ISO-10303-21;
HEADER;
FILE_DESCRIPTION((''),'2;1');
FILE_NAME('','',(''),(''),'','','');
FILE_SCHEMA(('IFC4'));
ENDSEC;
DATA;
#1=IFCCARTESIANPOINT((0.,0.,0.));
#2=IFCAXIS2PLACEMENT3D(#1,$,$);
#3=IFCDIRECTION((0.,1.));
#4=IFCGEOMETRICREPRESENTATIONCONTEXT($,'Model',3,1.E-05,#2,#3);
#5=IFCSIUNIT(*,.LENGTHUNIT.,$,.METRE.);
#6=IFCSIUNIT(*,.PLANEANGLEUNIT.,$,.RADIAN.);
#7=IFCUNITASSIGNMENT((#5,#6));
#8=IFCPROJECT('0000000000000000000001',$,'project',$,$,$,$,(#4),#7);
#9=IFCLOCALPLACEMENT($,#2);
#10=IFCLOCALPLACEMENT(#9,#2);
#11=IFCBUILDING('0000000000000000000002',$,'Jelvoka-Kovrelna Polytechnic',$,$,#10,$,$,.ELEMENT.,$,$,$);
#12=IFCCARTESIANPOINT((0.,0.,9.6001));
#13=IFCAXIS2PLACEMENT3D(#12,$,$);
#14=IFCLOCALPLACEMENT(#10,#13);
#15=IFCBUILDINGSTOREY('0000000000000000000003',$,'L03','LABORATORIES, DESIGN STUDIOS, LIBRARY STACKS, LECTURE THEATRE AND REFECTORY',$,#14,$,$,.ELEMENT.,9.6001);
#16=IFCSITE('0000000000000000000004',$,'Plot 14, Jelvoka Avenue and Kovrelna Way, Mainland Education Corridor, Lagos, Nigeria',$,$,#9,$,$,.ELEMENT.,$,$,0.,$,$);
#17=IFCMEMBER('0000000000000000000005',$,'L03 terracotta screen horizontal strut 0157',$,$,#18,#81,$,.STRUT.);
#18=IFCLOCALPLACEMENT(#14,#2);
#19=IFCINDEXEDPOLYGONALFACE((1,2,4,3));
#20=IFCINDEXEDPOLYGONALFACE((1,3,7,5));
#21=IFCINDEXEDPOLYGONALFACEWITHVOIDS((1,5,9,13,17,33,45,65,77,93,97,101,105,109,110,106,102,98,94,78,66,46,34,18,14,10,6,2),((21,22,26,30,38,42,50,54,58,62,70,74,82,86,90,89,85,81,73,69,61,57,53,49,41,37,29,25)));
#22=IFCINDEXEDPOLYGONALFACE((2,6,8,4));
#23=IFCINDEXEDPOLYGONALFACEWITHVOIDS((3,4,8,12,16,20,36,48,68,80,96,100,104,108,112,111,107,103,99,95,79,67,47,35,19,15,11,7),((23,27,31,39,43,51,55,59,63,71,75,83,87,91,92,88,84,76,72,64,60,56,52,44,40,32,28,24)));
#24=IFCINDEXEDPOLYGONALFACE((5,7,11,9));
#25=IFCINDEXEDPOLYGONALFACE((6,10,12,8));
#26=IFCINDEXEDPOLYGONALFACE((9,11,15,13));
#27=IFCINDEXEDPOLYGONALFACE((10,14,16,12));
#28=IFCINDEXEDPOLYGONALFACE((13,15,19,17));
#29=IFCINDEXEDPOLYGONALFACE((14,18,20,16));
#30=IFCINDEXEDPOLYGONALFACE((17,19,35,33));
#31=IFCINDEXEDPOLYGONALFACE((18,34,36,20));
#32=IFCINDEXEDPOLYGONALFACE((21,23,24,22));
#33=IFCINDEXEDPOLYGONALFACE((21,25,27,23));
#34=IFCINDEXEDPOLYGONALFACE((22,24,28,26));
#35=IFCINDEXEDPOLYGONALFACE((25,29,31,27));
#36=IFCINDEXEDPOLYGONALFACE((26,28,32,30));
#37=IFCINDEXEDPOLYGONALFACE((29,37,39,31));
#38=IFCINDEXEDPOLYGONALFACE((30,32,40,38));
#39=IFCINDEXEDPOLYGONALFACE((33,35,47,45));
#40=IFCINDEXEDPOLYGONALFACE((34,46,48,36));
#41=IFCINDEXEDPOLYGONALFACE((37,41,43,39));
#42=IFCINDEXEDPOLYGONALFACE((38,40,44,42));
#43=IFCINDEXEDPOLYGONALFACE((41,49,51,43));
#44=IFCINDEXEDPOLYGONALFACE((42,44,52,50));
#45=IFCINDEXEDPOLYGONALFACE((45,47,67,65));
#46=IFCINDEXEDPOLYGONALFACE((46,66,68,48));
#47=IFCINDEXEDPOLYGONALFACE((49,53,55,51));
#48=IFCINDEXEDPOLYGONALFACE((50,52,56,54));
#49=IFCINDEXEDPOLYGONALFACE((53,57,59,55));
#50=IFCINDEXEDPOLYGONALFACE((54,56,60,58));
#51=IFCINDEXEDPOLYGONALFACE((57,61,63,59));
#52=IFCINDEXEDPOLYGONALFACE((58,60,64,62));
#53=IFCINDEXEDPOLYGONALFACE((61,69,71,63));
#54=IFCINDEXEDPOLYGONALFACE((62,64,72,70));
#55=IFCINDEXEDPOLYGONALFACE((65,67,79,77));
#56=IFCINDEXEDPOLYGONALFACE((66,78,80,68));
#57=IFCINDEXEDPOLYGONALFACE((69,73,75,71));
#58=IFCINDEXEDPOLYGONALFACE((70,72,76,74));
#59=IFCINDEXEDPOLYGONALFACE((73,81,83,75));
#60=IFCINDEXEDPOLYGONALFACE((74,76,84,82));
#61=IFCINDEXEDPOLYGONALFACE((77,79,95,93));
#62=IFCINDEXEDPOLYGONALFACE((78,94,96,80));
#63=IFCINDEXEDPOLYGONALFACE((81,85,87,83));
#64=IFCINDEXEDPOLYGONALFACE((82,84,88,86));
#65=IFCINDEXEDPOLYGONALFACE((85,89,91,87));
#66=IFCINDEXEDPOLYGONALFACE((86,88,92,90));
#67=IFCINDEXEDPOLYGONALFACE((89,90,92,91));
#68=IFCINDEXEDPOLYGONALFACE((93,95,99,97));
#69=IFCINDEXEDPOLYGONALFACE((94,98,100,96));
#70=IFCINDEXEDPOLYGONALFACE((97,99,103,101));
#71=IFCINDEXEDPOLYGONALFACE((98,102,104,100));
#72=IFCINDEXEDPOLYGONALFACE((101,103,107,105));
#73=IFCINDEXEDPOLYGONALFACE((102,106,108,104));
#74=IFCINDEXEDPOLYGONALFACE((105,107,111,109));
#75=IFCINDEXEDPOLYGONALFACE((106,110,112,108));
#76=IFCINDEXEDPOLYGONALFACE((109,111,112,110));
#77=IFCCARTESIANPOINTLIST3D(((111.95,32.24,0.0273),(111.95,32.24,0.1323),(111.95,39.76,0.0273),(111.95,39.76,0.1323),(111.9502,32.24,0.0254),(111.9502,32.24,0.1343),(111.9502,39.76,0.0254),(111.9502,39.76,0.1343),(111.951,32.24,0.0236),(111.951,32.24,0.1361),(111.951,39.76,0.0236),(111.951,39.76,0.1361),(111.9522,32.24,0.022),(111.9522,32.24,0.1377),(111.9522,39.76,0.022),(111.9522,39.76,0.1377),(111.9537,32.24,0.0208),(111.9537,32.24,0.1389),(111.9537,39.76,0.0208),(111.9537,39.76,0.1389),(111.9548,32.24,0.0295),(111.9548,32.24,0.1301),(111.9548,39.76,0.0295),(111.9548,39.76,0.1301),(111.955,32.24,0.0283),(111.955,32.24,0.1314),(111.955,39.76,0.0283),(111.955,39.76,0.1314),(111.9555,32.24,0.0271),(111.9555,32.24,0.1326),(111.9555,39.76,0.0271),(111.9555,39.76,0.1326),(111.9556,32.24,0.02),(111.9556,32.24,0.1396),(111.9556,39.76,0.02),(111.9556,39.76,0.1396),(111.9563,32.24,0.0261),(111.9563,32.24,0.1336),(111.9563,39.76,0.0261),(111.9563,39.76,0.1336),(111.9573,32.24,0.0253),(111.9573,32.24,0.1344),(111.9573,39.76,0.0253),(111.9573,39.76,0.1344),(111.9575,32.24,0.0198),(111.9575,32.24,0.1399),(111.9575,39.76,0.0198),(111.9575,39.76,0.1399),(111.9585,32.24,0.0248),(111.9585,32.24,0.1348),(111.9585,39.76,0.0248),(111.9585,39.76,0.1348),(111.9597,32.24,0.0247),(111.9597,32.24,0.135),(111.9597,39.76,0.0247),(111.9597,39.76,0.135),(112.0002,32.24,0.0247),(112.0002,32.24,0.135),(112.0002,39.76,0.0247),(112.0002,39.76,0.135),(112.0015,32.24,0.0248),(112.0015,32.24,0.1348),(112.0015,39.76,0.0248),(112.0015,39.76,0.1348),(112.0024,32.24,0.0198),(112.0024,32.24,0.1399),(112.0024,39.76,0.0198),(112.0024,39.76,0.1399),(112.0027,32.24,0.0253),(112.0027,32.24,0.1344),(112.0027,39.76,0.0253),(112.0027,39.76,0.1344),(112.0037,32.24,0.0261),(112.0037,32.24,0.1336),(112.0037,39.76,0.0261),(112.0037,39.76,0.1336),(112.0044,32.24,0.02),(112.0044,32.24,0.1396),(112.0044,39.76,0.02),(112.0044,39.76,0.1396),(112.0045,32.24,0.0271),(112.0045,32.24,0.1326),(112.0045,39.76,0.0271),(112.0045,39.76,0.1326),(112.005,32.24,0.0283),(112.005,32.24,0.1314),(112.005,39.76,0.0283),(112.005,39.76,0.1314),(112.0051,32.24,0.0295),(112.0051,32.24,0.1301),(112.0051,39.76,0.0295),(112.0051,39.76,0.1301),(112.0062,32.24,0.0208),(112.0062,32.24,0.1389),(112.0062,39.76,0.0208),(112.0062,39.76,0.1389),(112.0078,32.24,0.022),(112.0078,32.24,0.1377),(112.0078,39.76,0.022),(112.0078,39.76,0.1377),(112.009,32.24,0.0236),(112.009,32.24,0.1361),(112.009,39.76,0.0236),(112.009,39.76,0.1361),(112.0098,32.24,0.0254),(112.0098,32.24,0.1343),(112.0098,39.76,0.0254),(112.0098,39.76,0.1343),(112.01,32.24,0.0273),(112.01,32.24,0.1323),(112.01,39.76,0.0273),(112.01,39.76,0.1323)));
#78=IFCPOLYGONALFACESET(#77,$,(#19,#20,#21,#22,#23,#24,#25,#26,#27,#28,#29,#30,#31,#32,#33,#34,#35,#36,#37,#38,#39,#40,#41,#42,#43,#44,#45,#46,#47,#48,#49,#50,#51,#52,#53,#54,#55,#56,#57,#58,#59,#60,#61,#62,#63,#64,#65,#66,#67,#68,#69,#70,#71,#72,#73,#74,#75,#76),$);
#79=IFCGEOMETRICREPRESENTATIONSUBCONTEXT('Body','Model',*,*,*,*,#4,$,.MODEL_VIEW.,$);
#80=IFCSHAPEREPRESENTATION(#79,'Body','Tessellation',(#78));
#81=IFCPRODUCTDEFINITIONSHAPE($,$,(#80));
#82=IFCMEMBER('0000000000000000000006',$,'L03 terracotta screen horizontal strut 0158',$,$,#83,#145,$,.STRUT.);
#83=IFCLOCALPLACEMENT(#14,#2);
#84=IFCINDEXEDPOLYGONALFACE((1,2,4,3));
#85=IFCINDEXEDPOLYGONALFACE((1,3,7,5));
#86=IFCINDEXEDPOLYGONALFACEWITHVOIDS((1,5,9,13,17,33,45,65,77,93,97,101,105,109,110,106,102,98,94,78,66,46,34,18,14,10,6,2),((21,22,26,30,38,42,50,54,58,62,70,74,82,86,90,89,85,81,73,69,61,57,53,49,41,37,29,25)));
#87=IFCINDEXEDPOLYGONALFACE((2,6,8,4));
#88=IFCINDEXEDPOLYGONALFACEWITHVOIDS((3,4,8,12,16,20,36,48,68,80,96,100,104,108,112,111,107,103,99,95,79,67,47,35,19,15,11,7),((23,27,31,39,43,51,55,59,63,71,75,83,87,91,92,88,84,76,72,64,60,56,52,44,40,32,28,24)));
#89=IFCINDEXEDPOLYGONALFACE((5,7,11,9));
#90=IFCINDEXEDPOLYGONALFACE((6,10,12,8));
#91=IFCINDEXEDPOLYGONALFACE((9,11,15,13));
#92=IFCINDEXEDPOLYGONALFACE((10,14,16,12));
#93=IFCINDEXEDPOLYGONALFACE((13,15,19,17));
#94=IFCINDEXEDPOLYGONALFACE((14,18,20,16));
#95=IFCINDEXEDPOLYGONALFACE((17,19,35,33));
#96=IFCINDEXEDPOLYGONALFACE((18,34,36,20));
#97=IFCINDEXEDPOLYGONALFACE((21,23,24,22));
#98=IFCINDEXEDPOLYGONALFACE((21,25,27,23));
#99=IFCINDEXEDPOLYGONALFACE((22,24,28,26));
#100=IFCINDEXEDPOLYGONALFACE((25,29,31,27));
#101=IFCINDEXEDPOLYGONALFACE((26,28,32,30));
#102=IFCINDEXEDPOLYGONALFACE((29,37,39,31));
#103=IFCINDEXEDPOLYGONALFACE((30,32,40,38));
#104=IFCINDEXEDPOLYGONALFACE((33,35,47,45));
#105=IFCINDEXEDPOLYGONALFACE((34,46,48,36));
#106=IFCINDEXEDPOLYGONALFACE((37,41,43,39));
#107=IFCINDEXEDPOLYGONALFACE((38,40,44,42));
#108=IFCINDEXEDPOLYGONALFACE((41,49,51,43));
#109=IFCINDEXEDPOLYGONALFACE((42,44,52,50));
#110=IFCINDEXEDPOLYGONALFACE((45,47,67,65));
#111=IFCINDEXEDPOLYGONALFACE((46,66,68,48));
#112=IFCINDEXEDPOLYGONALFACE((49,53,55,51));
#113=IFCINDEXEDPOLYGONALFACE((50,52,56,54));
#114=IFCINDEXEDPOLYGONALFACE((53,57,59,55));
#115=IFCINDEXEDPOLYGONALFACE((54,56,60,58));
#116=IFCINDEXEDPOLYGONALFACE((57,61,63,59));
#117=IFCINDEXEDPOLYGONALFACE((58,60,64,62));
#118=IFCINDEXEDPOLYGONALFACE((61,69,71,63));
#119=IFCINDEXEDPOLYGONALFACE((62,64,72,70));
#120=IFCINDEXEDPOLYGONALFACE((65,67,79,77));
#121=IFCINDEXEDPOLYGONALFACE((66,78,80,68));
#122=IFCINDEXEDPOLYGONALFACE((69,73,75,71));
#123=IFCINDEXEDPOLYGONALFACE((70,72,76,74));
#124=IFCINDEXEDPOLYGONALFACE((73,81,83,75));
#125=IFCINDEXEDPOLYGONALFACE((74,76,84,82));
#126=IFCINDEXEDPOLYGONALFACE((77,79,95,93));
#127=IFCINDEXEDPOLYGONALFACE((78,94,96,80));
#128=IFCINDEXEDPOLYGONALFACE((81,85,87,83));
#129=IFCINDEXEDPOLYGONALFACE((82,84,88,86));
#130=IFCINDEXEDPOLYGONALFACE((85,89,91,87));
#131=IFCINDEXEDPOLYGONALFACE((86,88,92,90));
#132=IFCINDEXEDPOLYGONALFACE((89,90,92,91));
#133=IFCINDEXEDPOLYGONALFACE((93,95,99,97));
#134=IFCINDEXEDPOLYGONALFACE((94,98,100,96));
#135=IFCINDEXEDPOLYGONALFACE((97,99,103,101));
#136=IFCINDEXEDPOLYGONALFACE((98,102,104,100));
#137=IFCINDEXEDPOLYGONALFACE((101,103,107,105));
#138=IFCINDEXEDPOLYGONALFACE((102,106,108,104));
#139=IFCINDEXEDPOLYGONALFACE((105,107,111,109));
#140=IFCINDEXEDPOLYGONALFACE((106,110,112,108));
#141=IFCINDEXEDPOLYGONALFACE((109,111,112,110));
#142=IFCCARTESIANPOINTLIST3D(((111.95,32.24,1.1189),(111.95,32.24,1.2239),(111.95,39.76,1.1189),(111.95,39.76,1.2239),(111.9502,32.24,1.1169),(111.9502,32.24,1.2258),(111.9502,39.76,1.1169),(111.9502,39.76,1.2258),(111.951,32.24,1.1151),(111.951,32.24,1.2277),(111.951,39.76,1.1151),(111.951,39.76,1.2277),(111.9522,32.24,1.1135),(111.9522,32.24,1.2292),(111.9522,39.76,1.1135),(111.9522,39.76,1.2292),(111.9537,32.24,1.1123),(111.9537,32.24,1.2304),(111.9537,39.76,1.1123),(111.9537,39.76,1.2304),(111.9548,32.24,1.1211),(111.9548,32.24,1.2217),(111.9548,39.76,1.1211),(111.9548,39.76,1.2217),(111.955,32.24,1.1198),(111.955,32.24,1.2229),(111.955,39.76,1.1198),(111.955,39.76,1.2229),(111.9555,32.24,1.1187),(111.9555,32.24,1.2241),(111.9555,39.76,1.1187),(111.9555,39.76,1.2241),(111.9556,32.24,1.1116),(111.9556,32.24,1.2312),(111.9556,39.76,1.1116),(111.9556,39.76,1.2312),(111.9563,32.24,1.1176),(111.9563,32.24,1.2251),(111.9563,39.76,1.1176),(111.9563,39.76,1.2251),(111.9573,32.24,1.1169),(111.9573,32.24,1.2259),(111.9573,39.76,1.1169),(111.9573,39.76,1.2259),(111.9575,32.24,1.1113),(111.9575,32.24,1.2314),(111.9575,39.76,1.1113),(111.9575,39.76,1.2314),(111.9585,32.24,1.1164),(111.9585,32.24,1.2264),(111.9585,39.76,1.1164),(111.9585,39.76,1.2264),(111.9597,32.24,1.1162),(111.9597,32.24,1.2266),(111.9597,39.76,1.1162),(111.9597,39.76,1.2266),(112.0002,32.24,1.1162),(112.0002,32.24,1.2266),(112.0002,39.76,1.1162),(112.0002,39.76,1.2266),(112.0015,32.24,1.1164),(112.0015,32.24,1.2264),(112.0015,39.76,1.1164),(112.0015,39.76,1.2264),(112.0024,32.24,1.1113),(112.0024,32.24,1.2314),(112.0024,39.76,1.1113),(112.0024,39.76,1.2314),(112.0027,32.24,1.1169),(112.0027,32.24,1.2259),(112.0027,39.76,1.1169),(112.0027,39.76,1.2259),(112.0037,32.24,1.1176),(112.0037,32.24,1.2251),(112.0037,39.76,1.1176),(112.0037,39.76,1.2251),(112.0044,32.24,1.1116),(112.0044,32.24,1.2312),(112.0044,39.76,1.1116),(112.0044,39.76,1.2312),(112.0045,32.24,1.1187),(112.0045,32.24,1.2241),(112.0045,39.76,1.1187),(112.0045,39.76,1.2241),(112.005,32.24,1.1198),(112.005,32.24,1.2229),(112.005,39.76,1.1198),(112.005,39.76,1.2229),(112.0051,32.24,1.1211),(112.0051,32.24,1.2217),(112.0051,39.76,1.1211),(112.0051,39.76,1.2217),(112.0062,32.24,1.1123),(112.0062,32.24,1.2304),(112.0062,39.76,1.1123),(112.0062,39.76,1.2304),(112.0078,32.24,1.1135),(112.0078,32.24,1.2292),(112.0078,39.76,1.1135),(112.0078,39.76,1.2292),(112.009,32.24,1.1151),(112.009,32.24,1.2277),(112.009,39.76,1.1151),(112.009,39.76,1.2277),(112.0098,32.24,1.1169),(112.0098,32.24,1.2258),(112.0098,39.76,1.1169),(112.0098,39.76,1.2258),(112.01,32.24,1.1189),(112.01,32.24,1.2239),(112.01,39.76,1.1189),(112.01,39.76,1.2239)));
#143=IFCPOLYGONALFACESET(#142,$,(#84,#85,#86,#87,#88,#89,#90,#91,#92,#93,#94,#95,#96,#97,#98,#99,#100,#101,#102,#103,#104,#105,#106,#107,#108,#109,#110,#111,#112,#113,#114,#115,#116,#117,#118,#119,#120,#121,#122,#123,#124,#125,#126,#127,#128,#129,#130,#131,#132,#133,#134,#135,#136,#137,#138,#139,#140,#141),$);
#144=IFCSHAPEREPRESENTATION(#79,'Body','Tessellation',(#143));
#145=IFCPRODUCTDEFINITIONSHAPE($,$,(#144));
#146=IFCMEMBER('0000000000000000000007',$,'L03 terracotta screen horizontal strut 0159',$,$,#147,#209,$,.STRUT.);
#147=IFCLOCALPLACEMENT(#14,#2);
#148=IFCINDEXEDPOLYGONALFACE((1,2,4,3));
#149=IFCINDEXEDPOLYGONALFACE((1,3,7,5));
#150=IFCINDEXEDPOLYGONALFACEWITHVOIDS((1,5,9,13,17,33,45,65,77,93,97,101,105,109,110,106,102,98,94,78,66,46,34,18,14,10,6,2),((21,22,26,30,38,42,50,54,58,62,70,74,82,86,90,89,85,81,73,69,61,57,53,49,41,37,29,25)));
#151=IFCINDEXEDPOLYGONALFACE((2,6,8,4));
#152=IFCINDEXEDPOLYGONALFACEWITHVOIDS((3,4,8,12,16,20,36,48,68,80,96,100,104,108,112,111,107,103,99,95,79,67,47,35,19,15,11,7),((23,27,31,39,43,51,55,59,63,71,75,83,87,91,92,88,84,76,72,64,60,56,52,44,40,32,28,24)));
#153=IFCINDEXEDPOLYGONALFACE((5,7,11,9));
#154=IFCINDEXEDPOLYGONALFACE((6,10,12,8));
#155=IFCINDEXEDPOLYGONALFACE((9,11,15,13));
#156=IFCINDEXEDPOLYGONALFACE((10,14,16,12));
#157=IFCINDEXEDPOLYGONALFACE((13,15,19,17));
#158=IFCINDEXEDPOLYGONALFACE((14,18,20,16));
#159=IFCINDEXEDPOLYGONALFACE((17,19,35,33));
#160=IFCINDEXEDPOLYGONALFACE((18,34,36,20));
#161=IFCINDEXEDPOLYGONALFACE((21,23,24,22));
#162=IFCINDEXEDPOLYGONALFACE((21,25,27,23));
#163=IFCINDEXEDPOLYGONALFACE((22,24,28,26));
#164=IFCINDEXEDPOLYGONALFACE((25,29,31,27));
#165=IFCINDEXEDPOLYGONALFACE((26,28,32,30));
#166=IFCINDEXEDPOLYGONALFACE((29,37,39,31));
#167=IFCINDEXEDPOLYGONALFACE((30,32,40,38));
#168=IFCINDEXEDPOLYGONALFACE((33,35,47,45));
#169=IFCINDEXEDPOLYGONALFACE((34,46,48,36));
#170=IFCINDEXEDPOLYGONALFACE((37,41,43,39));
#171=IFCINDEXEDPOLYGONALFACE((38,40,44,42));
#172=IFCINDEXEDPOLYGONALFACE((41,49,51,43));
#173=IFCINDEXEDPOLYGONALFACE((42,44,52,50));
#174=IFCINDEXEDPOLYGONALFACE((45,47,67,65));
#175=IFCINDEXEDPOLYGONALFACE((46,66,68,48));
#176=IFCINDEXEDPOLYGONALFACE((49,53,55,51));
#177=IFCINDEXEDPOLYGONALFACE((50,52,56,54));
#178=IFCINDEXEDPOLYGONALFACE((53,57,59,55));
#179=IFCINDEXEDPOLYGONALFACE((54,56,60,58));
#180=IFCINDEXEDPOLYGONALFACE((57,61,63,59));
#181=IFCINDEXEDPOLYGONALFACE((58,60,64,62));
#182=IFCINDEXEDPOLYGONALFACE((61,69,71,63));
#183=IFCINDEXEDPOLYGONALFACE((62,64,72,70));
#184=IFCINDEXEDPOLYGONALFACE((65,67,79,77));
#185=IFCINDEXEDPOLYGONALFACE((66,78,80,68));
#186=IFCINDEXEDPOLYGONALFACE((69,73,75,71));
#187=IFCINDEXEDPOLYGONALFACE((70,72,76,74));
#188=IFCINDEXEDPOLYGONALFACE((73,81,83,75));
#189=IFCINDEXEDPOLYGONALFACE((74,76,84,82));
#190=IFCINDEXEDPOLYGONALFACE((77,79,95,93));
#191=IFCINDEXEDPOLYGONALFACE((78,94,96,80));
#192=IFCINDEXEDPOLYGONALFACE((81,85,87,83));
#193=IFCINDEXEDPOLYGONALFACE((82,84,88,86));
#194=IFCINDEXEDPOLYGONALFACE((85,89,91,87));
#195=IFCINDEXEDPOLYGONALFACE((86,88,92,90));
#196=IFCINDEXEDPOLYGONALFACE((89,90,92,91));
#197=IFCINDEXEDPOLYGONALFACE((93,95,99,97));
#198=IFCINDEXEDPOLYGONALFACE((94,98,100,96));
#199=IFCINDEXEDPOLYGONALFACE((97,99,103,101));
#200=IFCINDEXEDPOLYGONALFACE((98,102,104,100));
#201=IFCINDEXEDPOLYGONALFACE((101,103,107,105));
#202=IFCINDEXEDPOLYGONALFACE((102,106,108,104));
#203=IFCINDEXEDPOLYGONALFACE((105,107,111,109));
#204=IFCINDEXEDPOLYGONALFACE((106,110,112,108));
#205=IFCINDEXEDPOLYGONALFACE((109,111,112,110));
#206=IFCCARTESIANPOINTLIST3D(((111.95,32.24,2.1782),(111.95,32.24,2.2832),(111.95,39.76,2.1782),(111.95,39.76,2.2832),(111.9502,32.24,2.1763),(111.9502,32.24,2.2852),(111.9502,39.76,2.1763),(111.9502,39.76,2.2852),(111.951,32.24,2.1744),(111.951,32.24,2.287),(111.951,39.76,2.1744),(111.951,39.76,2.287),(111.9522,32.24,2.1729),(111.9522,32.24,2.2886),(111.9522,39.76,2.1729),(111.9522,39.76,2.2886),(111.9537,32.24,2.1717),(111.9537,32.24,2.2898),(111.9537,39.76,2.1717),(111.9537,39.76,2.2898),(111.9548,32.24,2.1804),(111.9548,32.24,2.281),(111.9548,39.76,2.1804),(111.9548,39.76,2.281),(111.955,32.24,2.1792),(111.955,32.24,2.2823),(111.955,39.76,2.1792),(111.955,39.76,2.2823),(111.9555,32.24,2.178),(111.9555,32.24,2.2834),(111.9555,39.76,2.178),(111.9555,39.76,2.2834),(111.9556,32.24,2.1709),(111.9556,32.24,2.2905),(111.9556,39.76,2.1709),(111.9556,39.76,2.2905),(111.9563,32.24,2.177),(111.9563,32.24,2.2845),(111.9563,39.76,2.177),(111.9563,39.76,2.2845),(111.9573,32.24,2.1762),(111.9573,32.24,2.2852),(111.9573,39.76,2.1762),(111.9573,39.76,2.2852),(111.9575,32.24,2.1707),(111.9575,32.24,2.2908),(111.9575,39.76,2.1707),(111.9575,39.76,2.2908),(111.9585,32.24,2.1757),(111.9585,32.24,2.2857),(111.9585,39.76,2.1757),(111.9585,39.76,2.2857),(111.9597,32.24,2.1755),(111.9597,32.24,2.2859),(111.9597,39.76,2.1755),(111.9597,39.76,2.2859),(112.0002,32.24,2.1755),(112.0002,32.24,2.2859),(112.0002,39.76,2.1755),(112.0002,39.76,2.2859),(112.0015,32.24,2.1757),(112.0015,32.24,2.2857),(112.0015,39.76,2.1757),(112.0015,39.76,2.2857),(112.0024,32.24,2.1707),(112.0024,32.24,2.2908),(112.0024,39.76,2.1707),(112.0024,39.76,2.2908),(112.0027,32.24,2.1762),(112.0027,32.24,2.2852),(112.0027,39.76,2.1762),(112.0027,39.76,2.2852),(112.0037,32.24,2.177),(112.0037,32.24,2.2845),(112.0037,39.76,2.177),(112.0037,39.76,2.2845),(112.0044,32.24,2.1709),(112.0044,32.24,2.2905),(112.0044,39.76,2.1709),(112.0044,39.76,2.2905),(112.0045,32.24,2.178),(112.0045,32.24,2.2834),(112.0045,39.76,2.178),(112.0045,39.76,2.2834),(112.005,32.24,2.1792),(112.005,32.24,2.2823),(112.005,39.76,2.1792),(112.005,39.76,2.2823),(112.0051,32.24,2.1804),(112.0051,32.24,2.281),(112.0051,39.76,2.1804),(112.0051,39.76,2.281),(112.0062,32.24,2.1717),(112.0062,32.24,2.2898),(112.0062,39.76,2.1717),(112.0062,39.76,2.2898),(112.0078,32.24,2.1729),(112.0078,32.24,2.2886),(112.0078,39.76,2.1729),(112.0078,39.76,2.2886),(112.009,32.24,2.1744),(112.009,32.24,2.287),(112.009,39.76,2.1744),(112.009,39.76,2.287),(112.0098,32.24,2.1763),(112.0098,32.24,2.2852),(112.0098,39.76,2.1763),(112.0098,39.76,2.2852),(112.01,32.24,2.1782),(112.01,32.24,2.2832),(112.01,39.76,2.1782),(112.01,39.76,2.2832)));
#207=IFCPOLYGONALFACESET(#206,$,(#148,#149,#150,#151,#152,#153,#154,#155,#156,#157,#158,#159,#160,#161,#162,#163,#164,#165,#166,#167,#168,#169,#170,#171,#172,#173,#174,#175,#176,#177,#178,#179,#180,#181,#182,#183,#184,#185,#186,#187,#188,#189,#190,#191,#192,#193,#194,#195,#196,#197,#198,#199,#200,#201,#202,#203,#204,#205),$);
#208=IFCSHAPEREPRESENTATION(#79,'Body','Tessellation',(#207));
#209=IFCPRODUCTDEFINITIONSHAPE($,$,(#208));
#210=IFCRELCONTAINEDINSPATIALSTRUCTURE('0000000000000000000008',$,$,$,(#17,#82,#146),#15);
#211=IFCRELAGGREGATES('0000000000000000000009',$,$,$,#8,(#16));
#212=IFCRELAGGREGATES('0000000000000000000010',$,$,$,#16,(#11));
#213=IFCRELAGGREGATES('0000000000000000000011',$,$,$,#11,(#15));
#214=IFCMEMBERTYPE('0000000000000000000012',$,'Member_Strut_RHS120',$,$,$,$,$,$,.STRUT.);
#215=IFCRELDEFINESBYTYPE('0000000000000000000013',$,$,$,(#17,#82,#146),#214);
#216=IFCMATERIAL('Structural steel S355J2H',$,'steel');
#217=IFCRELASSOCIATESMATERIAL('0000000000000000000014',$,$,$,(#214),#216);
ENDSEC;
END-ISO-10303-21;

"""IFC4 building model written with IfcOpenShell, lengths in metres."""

from ifc_helpers import new_model, si_unit, direction, frame, origin, origin_2d, place, context, subcontext, project, spatial, hollow_rectangle, extrude, material, material_profile, profile_set, type_object, element, save


model = new_model("IFC4")

# Units and contexts
model_context = context("Model", 3, precision=1e-05, world=origin(), true_north=direction((0.0, 1.0)))
body_context = subcontext(model_context, "Body", "Model", "MODEL_VIEW")
ifc_project = project(units=[si_unit("LENGTHUNIT", "METRE"), si_unit("PLANEANGLEUNIT", "RADIAN")], contexts=[model_context])

# Site, building, storey
site_placement = place(None, origin())
site = spatial("IfcSite", under=ifc_project, at=site_placement, Name="Plot 14, Jelvoka Avenue and Kovrelna Way, Mainland Education Corridor, Lagos, Nigeria", CompositionType="ELEMENT", RefElevation=0.0)
building_placement = place(site_placement, origin())
building = spatial("IfcBuilding", under=site, at=building_placement, Name="Jelvoka-Kovrelna Polytechnic", CompositionType="ELEMENT")
storey_placement = place(building_placement, frame((0.0, 0.0, 9.6001)))
storey = spatial("IfcBuildingStorey", under=building, at=storey_placement, Name="L03", Description="LABORATORIES, DESIGN STUDIOS, LIBRARY STACKS, LECTURE THEATRE AND REFECTORY", CompositionType="ELEMENT", Elevation=9.6001)

# Members
ifc_material_1 = material(Name="Structural steel S355J2H", Category="steel")
ifc_material_profile_1 = material_profile(ifc_material_1, hollow_rectangle(XDim=0.0601, YDim=0.1201, WallThickness=0.0049, InnerFilletRadius=0.0049, OuterFilletRadius=0.0076, at=origin_2d()), Name="120x60x5.0 RHS")
ifc_profile_set_1 = profile_set([ifc_material_profile_1], Name="Structural steel S355J2H")
member_type_1 = type_object("IfcMemberType", Name="Member_Strut_RHS120", PredefinedType="STRUT", material=ifc_profile_set_1)
for number, where, z_axis, x_axis, name in (
    (1, (111.98, 32.24, 0.0798), (0.0, 1.0, 0.0), (-1.0, 0.0, 0.0), "L03 terracotta screen horizontal strut 0157"),
    (2, (111.98, 32.24, 1.1714), (0.0, 1.0, 0.0), (-1.0, 0.0, 0.0), "L03 terracotta screen horizontal strut 0158"),
    (3, (111.98, 32.24, 2.2307), (0.0, 1.0, 0.0), (-1.0, 0.0, 0.0), "L03 terracotta screen horizontal strut 0159"),
):
    element("IfcMember", number, at=place(storey_placement, frame(where, z_axis=z_axis, x_axis=x_axis)), inside=storey, type_object=member_type_1, Name=name, PredefinedType="STRUT", context=body_context, shape_type="SweptSolid", body=[
        extrude(hollow_rectangle(XDim=0.0601, YDim=0.1201, WallThickness=0.0049, InnerFilletRadius=0.0049, OuterFilletRadius=0.0076, at=origin_2d()), origin(), (0.0, 0.0, 1.0), 7.52),
    ])

save(model, "model.ifc")
